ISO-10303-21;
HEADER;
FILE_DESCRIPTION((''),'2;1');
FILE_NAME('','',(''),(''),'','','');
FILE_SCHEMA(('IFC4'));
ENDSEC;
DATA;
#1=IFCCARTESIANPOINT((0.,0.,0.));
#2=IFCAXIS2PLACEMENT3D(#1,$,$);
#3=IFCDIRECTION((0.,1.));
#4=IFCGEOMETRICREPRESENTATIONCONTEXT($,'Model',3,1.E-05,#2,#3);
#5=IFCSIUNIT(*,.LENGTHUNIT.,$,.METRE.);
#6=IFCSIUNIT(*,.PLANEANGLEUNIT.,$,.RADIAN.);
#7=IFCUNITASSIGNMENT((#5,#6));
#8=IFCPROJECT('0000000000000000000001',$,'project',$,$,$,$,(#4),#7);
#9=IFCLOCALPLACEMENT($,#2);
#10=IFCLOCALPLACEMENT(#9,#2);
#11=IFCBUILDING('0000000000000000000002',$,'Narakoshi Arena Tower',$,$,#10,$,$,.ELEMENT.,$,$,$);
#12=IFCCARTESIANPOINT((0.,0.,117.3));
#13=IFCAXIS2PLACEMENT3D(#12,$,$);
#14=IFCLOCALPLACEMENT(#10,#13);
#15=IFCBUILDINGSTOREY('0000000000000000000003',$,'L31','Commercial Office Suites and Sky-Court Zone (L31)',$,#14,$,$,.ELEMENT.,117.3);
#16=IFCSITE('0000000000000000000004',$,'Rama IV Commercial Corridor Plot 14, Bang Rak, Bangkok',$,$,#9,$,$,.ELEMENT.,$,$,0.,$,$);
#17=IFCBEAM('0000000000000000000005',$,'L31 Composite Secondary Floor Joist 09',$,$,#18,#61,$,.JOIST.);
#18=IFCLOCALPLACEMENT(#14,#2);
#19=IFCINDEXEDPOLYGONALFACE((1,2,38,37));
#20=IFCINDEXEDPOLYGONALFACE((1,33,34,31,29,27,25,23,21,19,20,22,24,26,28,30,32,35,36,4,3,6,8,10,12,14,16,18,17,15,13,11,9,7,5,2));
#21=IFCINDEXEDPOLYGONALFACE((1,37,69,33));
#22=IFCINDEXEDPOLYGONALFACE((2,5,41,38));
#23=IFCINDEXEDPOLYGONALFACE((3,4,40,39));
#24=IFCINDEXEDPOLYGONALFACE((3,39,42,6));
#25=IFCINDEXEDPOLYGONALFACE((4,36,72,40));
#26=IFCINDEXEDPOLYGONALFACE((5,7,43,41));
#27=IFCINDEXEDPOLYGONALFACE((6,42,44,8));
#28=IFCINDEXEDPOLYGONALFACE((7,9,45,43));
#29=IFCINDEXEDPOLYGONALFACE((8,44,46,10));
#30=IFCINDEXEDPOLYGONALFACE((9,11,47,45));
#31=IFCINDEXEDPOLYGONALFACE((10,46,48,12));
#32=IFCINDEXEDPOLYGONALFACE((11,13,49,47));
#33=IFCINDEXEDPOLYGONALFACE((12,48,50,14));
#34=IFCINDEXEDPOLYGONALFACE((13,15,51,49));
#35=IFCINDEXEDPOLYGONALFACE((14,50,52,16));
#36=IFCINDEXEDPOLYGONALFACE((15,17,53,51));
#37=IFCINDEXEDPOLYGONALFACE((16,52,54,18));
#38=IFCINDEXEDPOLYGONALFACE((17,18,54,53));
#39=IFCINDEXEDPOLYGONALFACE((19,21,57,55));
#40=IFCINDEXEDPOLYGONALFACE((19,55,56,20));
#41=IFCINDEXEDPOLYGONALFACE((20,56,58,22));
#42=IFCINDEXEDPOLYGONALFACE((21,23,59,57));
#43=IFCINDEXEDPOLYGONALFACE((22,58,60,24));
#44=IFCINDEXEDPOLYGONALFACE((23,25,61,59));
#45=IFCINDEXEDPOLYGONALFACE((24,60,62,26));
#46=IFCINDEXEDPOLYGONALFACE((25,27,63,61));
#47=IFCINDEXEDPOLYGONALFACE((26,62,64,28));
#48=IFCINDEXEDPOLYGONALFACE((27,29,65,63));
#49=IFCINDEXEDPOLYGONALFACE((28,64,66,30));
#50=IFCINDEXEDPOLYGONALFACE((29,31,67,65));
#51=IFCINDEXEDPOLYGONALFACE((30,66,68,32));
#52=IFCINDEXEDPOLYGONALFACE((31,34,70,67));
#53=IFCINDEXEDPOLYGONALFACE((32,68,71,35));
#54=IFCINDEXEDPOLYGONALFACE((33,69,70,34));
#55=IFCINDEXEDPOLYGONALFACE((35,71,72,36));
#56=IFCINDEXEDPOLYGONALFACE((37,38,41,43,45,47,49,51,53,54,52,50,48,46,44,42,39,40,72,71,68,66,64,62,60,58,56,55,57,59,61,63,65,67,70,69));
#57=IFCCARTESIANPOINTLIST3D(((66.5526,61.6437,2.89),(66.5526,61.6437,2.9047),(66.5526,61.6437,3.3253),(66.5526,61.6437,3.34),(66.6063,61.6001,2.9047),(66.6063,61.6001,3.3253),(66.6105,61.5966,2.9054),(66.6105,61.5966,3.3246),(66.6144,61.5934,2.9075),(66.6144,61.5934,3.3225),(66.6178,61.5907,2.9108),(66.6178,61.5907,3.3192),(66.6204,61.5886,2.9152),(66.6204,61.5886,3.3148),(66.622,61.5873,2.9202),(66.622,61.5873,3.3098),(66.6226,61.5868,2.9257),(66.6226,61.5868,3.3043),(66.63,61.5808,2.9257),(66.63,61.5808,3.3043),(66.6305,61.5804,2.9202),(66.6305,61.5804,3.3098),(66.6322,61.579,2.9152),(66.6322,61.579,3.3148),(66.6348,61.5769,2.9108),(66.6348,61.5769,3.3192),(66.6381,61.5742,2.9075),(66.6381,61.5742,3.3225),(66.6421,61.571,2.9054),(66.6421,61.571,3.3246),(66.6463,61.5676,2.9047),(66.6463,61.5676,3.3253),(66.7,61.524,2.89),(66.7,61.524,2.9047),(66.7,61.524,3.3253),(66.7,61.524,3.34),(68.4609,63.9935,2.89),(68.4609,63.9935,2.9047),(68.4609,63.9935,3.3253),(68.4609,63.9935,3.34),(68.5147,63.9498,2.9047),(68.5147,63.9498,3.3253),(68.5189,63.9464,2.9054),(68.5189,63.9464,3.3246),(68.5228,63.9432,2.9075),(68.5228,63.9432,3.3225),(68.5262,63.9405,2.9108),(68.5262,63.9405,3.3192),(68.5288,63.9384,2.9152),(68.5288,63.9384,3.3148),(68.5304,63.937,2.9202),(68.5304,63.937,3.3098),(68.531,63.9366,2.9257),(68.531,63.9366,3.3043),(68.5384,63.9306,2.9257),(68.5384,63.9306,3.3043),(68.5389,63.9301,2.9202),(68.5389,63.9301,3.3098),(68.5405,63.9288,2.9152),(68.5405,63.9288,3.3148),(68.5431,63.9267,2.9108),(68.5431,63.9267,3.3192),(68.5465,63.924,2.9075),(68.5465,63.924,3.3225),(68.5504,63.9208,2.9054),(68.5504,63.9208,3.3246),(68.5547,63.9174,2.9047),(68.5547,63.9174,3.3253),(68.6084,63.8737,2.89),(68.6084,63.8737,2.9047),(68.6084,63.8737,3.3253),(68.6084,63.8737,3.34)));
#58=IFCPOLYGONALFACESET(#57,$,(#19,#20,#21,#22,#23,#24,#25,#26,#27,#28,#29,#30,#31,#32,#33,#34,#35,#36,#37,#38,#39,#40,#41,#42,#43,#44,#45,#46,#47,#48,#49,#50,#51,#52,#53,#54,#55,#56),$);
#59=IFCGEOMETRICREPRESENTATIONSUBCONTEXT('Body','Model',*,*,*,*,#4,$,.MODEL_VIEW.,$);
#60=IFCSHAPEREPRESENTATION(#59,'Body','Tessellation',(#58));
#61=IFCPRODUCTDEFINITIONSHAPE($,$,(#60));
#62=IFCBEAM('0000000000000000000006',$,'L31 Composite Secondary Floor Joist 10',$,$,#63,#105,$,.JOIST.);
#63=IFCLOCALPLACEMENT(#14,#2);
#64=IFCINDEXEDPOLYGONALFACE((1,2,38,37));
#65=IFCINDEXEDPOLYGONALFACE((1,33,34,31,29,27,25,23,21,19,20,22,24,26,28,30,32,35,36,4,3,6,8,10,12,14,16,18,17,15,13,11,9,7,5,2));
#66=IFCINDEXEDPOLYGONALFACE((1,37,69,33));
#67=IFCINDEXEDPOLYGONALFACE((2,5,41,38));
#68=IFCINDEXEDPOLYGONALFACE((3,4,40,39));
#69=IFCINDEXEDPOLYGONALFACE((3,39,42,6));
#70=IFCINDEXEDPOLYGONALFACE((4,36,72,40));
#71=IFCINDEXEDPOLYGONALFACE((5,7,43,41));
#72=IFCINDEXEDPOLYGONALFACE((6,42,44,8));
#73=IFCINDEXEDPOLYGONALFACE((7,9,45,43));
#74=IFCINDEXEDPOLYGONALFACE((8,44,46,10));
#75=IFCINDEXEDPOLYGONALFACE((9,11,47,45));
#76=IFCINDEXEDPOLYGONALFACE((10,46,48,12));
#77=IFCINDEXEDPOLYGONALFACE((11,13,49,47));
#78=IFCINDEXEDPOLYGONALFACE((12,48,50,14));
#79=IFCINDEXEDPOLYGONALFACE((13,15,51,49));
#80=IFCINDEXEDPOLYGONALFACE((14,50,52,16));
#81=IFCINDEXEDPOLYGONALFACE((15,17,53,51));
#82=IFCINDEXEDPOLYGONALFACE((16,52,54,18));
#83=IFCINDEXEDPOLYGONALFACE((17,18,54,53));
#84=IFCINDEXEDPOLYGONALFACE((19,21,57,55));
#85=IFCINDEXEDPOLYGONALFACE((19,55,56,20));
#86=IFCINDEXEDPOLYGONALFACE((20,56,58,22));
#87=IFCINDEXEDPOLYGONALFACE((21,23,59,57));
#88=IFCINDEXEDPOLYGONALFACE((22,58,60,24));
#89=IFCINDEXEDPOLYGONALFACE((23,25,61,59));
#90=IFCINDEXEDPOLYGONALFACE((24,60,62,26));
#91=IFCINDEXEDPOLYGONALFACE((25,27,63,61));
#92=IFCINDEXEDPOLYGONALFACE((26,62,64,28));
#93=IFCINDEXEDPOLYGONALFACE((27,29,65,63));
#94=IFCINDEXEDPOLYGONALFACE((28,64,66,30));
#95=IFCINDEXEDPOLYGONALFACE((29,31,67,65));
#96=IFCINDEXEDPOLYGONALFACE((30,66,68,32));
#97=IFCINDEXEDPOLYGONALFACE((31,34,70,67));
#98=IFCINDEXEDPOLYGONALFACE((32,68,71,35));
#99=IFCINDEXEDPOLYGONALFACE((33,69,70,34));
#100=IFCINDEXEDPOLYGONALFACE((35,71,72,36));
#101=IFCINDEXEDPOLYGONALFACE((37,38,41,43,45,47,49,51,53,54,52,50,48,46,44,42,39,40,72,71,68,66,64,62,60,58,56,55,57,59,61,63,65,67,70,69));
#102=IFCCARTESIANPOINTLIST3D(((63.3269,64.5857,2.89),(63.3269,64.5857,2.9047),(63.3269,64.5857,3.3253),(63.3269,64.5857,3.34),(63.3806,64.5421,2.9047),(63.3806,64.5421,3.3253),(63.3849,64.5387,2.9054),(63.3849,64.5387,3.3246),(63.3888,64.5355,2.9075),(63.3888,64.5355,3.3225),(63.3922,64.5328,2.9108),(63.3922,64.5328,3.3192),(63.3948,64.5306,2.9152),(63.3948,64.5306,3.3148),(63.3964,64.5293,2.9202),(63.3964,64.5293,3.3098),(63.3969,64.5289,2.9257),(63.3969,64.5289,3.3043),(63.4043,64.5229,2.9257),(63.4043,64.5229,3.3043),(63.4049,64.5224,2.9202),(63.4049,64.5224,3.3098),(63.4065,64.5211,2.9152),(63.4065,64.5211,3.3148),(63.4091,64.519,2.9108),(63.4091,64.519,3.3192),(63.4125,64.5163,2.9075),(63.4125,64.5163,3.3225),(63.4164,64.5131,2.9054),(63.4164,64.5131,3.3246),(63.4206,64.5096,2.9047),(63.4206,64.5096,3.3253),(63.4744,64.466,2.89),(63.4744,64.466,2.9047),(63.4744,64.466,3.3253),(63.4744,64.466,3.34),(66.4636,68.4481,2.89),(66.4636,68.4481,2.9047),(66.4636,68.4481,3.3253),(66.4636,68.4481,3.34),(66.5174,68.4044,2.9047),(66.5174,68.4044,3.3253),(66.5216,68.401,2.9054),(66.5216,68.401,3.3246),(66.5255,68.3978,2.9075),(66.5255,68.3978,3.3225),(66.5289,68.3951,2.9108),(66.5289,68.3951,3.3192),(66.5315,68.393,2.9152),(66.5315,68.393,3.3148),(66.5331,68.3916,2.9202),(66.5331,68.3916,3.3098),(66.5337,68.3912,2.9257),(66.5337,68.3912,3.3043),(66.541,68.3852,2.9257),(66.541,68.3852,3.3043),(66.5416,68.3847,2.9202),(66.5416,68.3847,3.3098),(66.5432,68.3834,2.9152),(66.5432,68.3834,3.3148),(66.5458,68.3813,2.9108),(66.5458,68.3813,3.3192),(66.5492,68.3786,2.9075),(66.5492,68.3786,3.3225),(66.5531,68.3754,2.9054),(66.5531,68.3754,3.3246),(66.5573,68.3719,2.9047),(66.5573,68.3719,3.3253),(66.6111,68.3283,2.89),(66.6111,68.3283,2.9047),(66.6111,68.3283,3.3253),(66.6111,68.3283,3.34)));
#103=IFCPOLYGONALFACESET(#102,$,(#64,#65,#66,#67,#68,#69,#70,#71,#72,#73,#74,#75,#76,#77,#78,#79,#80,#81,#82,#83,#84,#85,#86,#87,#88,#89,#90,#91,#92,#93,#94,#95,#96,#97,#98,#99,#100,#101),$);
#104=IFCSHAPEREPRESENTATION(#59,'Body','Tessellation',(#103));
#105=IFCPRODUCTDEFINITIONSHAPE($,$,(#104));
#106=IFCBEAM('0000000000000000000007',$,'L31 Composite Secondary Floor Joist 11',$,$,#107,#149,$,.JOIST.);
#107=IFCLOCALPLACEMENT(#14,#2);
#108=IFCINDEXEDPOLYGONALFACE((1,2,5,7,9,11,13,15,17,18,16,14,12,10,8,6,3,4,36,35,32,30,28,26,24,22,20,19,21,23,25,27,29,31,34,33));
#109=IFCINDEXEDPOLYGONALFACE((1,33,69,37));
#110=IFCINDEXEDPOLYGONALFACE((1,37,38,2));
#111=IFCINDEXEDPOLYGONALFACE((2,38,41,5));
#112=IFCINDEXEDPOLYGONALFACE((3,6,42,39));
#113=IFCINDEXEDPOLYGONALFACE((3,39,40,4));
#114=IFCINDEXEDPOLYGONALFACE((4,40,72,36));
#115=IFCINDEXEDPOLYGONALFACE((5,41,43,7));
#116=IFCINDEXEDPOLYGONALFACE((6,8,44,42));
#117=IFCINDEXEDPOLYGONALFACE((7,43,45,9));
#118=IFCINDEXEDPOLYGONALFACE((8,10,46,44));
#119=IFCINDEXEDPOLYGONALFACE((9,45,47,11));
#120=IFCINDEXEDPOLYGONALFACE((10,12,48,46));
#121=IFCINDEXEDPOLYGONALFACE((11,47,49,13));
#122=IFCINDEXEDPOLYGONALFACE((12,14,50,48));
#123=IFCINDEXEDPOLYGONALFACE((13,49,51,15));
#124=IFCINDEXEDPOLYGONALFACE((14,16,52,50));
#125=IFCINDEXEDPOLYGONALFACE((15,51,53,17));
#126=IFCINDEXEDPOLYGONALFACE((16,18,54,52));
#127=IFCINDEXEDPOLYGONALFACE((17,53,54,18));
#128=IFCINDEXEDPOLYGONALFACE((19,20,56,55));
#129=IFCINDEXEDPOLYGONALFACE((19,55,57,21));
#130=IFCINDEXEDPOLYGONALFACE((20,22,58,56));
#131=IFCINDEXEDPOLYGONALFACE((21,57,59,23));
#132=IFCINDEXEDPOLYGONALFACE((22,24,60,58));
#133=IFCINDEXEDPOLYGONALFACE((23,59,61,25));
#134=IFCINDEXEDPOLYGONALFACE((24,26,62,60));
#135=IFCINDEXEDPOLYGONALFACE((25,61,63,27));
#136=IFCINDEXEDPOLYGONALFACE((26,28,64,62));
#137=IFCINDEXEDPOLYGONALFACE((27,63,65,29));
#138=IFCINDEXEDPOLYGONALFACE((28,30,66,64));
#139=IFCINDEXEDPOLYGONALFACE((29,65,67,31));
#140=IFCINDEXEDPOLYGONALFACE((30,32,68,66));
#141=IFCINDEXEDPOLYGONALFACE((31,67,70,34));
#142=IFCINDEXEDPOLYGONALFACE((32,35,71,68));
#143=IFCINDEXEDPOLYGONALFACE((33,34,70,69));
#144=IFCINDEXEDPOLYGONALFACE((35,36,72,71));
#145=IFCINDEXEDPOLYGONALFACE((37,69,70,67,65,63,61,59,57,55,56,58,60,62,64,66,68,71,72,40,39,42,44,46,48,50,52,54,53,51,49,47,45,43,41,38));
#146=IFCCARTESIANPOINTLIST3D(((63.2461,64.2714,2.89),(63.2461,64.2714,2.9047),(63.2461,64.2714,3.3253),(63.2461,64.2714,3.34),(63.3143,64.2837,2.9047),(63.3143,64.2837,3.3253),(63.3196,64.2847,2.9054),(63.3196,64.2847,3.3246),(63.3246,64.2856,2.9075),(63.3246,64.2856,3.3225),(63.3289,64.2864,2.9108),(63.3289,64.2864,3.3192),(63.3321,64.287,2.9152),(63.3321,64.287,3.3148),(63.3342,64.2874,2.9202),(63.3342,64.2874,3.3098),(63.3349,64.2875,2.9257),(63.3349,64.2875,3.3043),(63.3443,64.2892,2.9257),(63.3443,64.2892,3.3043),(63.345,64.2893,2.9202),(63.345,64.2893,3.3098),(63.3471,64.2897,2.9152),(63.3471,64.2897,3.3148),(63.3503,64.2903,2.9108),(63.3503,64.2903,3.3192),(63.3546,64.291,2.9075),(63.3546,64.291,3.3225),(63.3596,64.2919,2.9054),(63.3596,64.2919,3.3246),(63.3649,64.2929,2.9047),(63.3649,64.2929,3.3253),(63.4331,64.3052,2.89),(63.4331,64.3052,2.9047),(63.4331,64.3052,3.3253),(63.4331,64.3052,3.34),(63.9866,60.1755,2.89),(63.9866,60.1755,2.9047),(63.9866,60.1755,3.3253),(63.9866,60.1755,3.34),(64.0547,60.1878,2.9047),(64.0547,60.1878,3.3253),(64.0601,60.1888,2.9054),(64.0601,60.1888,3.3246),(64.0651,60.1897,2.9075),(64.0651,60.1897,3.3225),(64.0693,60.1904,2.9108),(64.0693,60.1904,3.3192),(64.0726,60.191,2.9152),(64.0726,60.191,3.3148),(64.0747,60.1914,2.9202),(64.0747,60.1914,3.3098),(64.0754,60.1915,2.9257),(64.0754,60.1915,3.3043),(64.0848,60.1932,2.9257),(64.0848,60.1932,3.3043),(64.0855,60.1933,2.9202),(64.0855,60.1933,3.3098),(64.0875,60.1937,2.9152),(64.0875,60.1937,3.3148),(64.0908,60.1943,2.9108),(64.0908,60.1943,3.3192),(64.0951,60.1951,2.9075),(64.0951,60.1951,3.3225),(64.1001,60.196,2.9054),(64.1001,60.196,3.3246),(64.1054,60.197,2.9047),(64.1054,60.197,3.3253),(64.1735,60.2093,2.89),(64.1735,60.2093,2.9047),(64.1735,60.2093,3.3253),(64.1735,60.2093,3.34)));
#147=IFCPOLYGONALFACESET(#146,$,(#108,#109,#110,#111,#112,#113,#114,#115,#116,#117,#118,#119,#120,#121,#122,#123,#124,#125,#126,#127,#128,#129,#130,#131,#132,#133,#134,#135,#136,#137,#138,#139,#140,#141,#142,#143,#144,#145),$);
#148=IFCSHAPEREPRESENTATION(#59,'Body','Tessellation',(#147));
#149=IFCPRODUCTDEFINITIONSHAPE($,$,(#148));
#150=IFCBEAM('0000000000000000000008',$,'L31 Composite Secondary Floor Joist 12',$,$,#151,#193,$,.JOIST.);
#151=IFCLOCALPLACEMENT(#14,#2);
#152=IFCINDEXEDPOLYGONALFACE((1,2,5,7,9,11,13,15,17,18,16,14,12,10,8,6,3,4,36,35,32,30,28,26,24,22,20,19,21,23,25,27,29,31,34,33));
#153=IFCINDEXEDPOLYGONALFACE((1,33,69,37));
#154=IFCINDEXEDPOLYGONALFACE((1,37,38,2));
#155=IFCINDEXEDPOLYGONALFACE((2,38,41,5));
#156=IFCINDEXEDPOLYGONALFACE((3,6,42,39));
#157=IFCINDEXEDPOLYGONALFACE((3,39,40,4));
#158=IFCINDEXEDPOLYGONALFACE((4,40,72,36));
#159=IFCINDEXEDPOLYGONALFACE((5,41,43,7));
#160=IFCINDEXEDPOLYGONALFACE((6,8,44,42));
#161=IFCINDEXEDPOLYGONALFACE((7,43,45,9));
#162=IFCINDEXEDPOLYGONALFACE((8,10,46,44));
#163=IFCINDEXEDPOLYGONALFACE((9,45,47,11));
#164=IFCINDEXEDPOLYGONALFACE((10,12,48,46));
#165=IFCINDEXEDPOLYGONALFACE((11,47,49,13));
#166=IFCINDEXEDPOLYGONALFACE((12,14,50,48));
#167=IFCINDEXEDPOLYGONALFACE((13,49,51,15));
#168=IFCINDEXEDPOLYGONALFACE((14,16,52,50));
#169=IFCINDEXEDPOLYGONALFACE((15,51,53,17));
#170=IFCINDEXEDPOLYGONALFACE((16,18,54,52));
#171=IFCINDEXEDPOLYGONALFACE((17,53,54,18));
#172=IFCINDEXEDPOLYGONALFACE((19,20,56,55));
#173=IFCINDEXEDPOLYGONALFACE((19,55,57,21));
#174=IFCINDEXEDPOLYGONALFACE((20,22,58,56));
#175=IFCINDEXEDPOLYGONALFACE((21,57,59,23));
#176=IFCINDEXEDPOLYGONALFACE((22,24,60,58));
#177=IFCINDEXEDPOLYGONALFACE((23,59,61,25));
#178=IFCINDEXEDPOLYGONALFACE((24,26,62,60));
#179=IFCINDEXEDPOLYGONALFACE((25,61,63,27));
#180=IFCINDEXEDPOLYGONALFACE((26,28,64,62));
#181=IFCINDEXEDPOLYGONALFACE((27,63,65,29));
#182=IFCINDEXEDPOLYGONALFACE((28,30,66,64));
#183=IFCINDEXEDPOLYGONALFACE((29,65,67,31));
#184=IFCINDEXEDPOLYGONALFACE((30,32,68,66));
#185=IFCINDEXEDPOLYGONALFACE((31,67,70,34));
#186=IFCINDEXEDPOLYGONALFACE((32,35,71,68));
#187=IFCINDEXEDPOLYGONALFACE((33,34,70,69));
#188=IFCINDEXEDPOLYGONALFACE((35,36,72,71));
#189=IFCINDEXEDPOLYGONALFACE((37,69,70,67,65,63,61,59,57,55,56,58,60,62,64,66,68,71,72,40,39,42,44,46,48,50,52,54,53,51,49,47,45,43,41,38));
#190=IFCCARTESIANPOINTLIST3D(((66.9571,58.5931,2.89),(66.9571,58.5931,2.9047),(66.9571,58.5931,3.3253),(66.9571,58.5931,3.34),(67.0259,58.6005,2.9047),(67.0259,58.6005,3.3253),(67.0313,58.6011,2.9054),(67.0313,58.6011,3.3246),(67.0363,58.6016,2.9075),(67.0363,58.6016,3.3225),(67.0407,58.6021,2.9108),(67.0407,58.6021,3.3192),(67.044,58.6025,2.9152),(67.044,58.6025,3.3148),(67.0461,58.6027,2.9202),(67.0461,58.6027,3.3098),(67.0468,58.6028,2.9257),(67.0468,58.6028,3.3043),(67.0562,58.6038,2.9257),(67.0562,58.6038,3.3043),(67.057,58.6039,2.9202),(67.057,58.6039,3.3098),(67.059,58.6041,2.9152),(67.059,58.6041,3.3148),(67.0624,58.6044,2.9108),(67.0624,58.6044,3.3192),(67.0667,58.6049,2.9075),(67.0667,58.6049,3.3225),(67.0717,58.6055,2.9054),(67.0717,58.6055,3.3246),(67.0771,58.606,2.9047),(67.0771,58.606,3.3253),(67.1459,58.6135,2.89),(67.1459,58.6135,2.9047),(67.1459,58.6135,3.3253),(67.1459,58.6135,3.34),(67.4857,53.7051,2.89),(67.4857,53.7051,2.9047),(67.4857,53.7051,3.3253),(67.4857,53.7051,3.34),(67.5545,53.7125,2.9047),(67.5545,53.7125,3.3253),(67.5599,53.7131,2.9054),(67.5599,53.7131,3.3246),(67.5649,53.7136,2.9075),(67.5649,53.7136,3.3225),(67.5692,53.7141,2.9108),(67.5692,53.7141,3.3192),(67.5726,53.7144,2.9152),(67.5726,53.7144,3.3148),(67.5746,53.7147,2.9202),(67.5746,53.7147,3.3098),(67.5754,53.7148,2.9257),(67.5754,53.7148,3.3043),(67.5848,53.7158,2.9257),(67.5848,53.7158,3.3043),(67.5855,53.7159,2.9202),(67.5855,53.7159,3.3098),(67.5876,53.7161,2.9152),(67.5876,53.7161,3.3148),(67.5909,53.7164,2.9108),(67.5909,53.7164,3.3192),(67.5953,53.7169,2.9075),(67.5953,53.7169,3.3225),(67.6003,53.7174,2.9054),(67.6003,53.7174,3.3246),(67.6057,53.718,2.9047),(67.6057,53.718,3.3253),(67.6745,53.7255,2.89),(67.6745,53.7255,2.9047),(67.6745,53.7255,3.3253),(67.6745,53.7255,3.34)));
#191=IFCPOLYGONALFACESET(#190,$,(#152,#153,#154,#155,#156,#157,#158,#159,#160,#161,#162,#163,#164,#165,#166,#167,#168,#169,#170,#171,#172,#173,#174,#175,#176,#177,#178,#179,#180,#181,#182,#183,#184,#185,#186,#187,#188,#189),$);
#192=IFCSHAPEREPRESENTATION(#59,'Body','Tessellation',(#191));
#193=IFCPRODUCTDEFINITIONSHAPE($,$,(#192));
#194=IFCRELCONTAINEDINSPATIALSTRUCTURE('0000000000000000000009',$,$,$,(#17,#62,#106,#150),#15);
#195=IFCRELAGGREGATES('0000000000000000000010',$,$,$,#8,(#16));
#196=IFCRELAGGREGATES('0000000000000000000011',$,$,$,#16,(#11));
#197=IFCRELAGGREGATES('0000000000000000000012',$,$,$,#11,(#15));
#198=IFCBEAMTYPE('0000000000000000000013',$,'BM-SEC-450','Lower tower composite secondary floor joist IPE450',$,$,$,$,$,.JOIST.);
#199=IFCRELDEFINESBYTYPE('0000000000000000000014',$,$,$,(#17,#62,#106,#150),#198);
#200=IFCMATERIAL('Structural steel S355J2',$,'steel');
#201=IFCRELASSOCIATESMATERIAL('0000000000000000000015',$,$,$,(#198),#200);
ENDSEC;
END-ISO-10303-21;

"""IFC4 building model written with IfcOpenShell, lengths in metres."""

from ifc_helpers import new_model, si_unit, direction, frame, origin, origin_2d, place, context, subcontext, project, spatial, i_section, extrude, material, material_profile, profile_set, type_object, element, save


model = new_model("IFC4")

# Units and contexts
model_context = context("Model", 3, precision=1e-05, world=origin(), true_north=direction((0.0, 1.0)))
body_context = subcontext(model_context, "Body", "Model", "MODEL_VIEW")
ifc_project = project(units=[si_unit("LENGTHUNIT", "METRE"), si_unit("PLANEANGLEUNIT", "RADIAN")], contexts=[model_context])

# Site, building, storey
site_placement = place(None, origin())
site = spatial("IfcSite", under=ifc_project, at=site_placement, Name="Rama IV Commercial Corridor Plot 14, Bang Rak, Bangkok", CompositionType="ELEMENT", RefElevation=0.0)
building_placement = place(site_placement, origin())
building = spatial("IfcBuilding", under=site, at=building_placement, Name="Narakoshi Arena Tower", CompositionType="ELEMENT")
storey_placement = place(building_placement, frame((0.0, 0.0, 117.3)))
storey = spatial("IfcBuildingStorey", under=building, at=storey_placement, Name="L31", Description="Commercial Office Suites and Sky-Court Zone (L31)", CompositionType="ELEMENT", Elevation=117.3)

# Beams
ifc_material_1 = material(Name="Structural steel S355J2", Category="steel")
ifc_material_profile_1 = material_profile(ifc_material_1, i_section(OverallWidth=0.1899, OverallDepth=0.45, WebThickness=0.0095, FlangeThickness=0.0146, FilletRadius=0.021, at=origin_2d()), Name="IPE450")
ifc_profile_set_1 = profile_set([ifc_material_profile_1], Name="Structural steel S355J2")
beam_type_1 = type_object("IfcBeamType", Name="BM-SEC-450", Description="Lower tower composite secondary floor joist IPE450", PredefinedType="JOIST", material=ifc_profile_set_1)
beam_1_placement = place(storey_placement, frame((68.5347, 63.9336, 3.115), z_axis=(-0.630432, -0.776245, 0.0), x_axis=(0.776245, -0.630432, 0.0)))
element("IfcBeam", 1, at=beam_1_placement, inside=storey, type_object=beam_type_1, Name="L31 Composite Secondary Floor Joist 09", PredefinedType="JOIST", context=body_context, shape_type="SweptSolid", body=[
    extrude(i_section(OverallWidth=0.1899, OverallDepth=0.45, WebThickness=0.0095, FlangeThickness=0.0146, FilletRadius=0.021, at=origin_2d()), origin(), (0.0, 0.0, 1.0), 3.0271),
])
beam_2_placement = place(storey_placement, frame((66.5374, 68.3882, 3.115), z_axis=(-0.630423, -0.776252, 0.0), x_axis=(0.776252, -0.630423, 0.0)))
element("IfcBeam", 2, at=beam_2_placement, inside=storey, type_object=beam_type_1, Name="L31 Composite Secondary Floor Joist 10", PredefinedType="JOIST", context=body_context, shape_type="SweptSolid", body=[
    extrude(i_section(OverallWidth=0.1899, OverallDepth=0.45, WebThickness=0.0095, FlangeThickness=0.0146, FilletRadius=0.021, at=origin_2d()), origin(), (0.0, 0.0, 1.0), 4.9756),
])
beam_3_placement = place(storey_placement, frame((63.3396, 64.2883, 3.115), z_axis=(0.177899, -0.984049, 0.0), x_axis=(0.984049, 0.177899, 0.0)))
element("IfcBeam", 3, at=beam_3_placement, inside=storey, type_object=beam_type_1, Name="L31 Composite Secondary Floor Joist 11", PredefinedType="JOIST", context=body_context, shape_type="SweptSolid", body=[
    extrude(i_section(OverallWidth=0.1899, OverallDepth=0.45, WebThickness=0.0095, FlangeThickness=0.0146, FilletRadius=0.021, at=origin_2d()), origin(), (0.0, 0.0, 1.0), 4.1624),
])
beam_4_placement = place(storey_placement, frame((67.0515, 58.6033, 3.115), z_axis=(0.10751, -0.994204, 0.0), x_axis=(0.994204, 0.10751, 0.0)))
element("IfcBeam", 4, at=beam_4_placement, inside=storey, type_object=beam_type_1, Name="L31 Composite Secondary Floor Joist 12", PredefinedType="JOIST", context=body_context, shape_type="SweptSolid", body=[
    extrude(i_section(OverallWidth=0.1899, OverallDepth=0.45, WebThickness=0.0095, FlangeThickness=0.0146, FilletRadius=0.021, at=origin_2d()), origin(), (0.0, 0.0, 1.0), 4.9165),
])

save(model, "model.ifc")
